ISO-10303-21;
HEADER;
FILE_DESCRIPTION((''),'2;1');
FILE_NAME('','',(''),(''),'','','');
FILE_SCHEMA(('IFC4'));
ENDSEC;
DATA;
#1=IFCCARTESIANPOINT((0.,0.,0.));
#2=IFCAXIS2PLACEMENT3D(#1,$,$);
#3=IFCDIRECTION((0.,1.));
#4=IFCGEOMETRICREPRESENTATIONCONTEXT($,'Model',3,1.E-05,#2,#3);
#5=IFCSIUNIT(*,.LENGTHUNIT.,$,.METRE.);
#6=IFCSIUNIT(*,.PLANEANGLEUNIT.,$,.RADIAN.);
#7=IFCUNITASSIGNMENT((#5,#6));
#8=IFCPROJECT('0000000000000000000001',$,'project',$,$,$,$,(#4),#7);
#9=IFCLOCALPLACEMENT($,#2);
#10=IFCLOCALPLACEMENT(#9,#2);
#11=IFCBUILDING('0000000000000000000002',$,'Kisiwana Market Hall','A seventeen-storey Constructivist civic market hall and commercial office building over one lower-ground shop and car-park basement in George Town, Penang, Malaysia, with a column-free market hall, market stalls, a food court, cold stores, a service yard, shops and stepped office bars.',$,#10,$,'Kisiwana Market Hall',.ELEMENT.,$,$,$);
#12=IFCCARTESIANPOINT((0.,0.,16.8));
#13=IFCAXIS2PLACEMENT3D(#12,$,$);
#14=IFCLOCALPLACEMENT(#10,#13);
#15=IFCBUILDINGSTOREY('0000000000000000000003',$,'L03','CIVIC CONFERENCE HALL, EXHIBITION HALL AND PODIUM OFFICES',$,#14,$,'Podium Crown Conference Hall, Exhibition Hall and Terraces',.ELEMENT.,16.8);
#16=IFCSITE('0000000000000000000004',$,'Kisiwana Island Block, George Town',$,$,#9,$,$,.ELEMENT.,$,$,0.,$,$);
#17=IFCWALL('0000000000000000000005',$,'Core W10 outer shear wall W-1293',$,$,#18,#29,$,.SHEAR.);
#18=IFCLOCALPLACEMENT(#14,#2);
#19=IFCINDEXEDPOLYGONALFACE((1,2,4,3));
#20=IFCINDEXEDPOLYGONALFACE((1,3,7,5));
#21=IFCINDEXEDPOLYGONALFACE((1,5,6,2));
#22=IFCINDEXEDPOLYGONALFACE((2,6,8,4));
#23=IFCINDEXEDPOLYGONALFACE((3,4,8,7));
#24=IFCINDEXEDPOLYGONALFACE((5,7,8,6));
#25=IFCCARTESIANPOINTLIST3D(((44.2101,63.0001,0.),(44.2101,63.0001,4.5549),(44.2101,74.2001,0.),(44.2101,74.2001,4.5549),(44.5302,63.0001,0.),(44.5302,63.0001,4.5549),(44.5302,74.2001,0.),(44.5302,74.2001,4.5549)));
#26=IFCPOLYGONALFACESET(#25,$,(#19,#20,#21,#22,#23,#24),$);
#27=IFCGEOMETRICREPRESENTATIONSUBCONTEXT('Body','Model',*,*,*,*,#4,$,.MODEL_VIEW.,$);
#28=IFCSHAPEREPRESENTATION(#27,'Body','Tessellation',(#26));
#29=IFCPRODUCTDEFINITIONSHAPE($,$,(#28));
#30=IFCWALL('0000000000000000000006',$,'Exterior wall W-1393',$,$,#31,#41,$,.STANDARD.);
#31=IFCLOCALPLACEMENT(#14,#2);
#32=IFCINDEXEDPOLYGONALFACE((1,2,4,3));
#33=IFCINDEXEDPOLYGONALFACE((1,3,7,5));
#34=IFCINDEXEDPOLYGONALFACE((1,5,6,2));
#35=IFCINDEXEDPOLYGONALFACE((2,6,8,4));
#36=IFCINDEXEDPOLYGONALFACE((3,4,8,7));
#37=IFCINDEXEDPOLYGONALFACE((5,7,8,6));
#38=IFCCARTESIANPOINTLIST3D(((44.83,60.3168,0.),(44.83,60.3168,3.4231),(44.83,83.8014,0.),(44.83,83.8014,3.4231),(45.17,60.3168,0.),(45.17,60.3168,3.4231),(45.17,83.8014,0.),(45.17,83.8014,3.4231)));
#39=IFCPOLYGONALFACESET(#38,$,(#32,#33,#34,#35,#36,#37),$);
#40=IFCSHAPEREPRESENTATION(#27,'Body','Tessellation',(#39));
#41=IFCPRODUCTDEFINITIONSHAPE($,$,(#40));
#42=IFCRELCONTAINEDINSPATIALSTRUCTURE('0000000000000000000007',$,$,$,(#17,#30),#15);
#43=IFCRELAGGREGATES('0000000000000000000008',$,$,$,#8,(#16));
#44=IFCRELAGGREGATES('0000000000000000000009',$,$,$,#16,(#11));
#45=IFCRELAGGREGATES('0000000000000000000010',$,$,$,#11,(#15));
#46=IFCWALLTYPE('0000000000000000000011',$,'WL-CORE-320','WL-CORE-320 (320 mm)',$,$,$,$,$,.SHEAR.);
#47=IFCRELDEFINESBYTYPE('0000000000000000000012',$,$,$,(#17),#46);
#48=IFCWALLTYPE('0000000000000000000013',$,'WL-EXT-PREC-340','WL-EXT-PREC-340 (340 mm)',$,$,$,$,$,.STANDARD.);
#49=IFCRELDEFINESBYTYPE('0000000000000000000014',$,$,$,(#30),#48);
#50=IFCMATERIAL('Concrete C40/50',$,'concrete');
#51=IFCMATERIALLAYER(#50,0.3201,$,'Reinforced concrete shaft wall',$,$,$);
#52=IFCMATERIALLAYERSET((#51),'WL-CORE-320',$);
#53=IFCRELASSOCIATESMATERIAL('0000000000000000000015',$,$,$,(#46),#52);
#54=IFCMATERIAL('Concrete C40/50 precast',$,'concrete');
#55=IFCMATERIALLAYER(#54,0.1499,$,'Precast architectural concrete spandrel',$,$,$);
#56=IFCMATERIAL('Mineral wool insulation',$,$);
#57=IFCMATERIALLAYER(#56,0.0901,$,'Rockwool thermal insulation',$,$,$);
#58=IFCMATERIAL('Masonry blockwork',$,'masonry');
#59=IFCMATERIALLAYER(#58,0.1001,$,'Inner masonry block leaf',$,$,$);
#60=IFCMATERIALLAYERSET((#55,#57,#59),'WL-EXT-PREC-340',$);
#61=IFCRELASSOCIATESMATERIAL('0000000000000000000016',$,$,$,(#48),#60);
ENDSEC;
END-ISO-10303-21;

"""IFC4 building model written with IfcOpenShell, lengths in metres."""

from ifc_helpers import new_model, si_unit, direction, frame, frame_2d, origin, place, context, subcontext, project, spatial, rectangle, extrude, material, layer, layer_set, type_object, element, save


model = new_model("IFC4")

# Units and contexts
model_context = context("Model", 3, precision=1e-05, world=origin(), true_north=direction((0.0, 1.0)))
body_context = subcontext(model_context, "Body", "Model", "MODEL_VIEW")
ifc_project = project(units=[si_unit("LENGTHUNIT", "METRE"), si_unit("PLANEANGLEUNIT", "RADIAN")], contexts=[model_context])

# Site, building, storey
site_placement = place(None, origin())
site = spatial("IfcSite", under=ifc_project, at=site_placement, Name="Kisiwana Island Block, George Town", CompositionType="ELEMENT", RefElevation=0.0)
building_placement = place(site_placement, origin())
building = spatial("IfcBuilding", under=site, at=building_placement, Name="Kisiwana Market Hall", Description="A seventeen-storey Constructivist civic market hall and commercial office building over one lower-ground shop and car-park basement in George Town, Penang, Malaysia, with a column-free market hall, market stalls, a food court, cold stores, a service yard, shops and stepped office bars.", LongName="Kisiwana Market Hall", CompositionType="ELEMENT")
storey_placement = place(building_placement, frame((0.0, 0.0, 16.8)))
storey = spatial("IfcBuildingStorey", under=building, at=storey_placement, Name="L03", Description="CIVIC CONFERENCE HALL, EXHIBITION HALL AND PODIUM OFFICES", LongName="Podium Crown Conference Hall, Exhibition Hall and Terraces", CompositionType="ELEMENT", Elevation=16.8)

# Shared definitions
ifc_material_1 = material(Name="Concrete C40/50", Category="concrete")
ifc_layer_1 = layer(ifc_material_1, 0.3201, Name="Reinforced concrete shaft wall")
ifc_layer_set_1 = layer_set([ifc_layer_1], Name="WL-CORE-320")
wall_type_1 = type_object("IfcWallType", Name="WL-CORE-320", Description="WL-CORE-320 (320 mm)", PredefinedType="SHEAR", material=ifc_layer_set_1)

# Walls
wall_1_placement = place(storey_placement, frame((44.3701, 63.0, 0.0), z_axis=(0.0, 0.0, 1.0), x_axis=(0.0, 1.0, 0.0)))
element("IfcWall", 1, at=wall_1_placement, inside=storey, type_object=wall_type_1, Name="Core W10 outer shear wall W-1293", PredefinedType="SHEAR", context=body_context, shape_type="SweptSolid", body=[
    extrude(rectangle(XDim=11.2, YDim=0.3201, at=frame_2d((5.6001, 0.0))), origin(), (0.0, 0.0, 1.0), 4.5549),
])
ifc_material_2 = material(Name="Concrete C40/50 precast", Category="concrete")
ifc_layer_2 = layer(ifc_material_2, 0.1499, Name="Precast architectural concrete spandrel")
ifc_material_3 = material(Name="Mineral wool insulation")
ifc_layer_3 = layer(ifc_material_3, 0.0901, Name="Rockwool thermal insulation")
ifc_material_4 = material(Name="Masonry blockwork", Category="masonry")
ifc_layer_4 = layer(ifc_material_4, 0.1001, Name="Inner masonry block leaf")
ifc_layer_set_2 = layer_set([ifc_layer_2, ifc_layer_3, ifc_layer_4], Name="WL-EXT-PREC-340")
wall_type_2 = type_object("IfcWallType", Name="WL-EXT-PREC-340", Description="WL-EXT-PREC-340 (340 mm)", PredefinedType="STANDARD", material=ifc_layer_set_2)
wall_2_placement = place(storey_placement, frame((45.0, 60.3169, 0.0), z_axis=(0.0, 0.0, 1.0), x_axis=(0.0, 1.0, 0.0)))
element("IfcWall", 2, at=wall_2_placement, inside=storey, type_object=wall_type_2, Name="Exterior wall W-1393", PredefinedType="STANDARD", context=body_context, shape_type="SweptSolid", body=[
    extrude(rectangle(XDim=23.4846, YDim=0.3401, at=frame_2d((11.7422, 0.0))), origin(), (0.0, 0.0, 1.0), 3.4231),
])

save(model, "model.ifc")
